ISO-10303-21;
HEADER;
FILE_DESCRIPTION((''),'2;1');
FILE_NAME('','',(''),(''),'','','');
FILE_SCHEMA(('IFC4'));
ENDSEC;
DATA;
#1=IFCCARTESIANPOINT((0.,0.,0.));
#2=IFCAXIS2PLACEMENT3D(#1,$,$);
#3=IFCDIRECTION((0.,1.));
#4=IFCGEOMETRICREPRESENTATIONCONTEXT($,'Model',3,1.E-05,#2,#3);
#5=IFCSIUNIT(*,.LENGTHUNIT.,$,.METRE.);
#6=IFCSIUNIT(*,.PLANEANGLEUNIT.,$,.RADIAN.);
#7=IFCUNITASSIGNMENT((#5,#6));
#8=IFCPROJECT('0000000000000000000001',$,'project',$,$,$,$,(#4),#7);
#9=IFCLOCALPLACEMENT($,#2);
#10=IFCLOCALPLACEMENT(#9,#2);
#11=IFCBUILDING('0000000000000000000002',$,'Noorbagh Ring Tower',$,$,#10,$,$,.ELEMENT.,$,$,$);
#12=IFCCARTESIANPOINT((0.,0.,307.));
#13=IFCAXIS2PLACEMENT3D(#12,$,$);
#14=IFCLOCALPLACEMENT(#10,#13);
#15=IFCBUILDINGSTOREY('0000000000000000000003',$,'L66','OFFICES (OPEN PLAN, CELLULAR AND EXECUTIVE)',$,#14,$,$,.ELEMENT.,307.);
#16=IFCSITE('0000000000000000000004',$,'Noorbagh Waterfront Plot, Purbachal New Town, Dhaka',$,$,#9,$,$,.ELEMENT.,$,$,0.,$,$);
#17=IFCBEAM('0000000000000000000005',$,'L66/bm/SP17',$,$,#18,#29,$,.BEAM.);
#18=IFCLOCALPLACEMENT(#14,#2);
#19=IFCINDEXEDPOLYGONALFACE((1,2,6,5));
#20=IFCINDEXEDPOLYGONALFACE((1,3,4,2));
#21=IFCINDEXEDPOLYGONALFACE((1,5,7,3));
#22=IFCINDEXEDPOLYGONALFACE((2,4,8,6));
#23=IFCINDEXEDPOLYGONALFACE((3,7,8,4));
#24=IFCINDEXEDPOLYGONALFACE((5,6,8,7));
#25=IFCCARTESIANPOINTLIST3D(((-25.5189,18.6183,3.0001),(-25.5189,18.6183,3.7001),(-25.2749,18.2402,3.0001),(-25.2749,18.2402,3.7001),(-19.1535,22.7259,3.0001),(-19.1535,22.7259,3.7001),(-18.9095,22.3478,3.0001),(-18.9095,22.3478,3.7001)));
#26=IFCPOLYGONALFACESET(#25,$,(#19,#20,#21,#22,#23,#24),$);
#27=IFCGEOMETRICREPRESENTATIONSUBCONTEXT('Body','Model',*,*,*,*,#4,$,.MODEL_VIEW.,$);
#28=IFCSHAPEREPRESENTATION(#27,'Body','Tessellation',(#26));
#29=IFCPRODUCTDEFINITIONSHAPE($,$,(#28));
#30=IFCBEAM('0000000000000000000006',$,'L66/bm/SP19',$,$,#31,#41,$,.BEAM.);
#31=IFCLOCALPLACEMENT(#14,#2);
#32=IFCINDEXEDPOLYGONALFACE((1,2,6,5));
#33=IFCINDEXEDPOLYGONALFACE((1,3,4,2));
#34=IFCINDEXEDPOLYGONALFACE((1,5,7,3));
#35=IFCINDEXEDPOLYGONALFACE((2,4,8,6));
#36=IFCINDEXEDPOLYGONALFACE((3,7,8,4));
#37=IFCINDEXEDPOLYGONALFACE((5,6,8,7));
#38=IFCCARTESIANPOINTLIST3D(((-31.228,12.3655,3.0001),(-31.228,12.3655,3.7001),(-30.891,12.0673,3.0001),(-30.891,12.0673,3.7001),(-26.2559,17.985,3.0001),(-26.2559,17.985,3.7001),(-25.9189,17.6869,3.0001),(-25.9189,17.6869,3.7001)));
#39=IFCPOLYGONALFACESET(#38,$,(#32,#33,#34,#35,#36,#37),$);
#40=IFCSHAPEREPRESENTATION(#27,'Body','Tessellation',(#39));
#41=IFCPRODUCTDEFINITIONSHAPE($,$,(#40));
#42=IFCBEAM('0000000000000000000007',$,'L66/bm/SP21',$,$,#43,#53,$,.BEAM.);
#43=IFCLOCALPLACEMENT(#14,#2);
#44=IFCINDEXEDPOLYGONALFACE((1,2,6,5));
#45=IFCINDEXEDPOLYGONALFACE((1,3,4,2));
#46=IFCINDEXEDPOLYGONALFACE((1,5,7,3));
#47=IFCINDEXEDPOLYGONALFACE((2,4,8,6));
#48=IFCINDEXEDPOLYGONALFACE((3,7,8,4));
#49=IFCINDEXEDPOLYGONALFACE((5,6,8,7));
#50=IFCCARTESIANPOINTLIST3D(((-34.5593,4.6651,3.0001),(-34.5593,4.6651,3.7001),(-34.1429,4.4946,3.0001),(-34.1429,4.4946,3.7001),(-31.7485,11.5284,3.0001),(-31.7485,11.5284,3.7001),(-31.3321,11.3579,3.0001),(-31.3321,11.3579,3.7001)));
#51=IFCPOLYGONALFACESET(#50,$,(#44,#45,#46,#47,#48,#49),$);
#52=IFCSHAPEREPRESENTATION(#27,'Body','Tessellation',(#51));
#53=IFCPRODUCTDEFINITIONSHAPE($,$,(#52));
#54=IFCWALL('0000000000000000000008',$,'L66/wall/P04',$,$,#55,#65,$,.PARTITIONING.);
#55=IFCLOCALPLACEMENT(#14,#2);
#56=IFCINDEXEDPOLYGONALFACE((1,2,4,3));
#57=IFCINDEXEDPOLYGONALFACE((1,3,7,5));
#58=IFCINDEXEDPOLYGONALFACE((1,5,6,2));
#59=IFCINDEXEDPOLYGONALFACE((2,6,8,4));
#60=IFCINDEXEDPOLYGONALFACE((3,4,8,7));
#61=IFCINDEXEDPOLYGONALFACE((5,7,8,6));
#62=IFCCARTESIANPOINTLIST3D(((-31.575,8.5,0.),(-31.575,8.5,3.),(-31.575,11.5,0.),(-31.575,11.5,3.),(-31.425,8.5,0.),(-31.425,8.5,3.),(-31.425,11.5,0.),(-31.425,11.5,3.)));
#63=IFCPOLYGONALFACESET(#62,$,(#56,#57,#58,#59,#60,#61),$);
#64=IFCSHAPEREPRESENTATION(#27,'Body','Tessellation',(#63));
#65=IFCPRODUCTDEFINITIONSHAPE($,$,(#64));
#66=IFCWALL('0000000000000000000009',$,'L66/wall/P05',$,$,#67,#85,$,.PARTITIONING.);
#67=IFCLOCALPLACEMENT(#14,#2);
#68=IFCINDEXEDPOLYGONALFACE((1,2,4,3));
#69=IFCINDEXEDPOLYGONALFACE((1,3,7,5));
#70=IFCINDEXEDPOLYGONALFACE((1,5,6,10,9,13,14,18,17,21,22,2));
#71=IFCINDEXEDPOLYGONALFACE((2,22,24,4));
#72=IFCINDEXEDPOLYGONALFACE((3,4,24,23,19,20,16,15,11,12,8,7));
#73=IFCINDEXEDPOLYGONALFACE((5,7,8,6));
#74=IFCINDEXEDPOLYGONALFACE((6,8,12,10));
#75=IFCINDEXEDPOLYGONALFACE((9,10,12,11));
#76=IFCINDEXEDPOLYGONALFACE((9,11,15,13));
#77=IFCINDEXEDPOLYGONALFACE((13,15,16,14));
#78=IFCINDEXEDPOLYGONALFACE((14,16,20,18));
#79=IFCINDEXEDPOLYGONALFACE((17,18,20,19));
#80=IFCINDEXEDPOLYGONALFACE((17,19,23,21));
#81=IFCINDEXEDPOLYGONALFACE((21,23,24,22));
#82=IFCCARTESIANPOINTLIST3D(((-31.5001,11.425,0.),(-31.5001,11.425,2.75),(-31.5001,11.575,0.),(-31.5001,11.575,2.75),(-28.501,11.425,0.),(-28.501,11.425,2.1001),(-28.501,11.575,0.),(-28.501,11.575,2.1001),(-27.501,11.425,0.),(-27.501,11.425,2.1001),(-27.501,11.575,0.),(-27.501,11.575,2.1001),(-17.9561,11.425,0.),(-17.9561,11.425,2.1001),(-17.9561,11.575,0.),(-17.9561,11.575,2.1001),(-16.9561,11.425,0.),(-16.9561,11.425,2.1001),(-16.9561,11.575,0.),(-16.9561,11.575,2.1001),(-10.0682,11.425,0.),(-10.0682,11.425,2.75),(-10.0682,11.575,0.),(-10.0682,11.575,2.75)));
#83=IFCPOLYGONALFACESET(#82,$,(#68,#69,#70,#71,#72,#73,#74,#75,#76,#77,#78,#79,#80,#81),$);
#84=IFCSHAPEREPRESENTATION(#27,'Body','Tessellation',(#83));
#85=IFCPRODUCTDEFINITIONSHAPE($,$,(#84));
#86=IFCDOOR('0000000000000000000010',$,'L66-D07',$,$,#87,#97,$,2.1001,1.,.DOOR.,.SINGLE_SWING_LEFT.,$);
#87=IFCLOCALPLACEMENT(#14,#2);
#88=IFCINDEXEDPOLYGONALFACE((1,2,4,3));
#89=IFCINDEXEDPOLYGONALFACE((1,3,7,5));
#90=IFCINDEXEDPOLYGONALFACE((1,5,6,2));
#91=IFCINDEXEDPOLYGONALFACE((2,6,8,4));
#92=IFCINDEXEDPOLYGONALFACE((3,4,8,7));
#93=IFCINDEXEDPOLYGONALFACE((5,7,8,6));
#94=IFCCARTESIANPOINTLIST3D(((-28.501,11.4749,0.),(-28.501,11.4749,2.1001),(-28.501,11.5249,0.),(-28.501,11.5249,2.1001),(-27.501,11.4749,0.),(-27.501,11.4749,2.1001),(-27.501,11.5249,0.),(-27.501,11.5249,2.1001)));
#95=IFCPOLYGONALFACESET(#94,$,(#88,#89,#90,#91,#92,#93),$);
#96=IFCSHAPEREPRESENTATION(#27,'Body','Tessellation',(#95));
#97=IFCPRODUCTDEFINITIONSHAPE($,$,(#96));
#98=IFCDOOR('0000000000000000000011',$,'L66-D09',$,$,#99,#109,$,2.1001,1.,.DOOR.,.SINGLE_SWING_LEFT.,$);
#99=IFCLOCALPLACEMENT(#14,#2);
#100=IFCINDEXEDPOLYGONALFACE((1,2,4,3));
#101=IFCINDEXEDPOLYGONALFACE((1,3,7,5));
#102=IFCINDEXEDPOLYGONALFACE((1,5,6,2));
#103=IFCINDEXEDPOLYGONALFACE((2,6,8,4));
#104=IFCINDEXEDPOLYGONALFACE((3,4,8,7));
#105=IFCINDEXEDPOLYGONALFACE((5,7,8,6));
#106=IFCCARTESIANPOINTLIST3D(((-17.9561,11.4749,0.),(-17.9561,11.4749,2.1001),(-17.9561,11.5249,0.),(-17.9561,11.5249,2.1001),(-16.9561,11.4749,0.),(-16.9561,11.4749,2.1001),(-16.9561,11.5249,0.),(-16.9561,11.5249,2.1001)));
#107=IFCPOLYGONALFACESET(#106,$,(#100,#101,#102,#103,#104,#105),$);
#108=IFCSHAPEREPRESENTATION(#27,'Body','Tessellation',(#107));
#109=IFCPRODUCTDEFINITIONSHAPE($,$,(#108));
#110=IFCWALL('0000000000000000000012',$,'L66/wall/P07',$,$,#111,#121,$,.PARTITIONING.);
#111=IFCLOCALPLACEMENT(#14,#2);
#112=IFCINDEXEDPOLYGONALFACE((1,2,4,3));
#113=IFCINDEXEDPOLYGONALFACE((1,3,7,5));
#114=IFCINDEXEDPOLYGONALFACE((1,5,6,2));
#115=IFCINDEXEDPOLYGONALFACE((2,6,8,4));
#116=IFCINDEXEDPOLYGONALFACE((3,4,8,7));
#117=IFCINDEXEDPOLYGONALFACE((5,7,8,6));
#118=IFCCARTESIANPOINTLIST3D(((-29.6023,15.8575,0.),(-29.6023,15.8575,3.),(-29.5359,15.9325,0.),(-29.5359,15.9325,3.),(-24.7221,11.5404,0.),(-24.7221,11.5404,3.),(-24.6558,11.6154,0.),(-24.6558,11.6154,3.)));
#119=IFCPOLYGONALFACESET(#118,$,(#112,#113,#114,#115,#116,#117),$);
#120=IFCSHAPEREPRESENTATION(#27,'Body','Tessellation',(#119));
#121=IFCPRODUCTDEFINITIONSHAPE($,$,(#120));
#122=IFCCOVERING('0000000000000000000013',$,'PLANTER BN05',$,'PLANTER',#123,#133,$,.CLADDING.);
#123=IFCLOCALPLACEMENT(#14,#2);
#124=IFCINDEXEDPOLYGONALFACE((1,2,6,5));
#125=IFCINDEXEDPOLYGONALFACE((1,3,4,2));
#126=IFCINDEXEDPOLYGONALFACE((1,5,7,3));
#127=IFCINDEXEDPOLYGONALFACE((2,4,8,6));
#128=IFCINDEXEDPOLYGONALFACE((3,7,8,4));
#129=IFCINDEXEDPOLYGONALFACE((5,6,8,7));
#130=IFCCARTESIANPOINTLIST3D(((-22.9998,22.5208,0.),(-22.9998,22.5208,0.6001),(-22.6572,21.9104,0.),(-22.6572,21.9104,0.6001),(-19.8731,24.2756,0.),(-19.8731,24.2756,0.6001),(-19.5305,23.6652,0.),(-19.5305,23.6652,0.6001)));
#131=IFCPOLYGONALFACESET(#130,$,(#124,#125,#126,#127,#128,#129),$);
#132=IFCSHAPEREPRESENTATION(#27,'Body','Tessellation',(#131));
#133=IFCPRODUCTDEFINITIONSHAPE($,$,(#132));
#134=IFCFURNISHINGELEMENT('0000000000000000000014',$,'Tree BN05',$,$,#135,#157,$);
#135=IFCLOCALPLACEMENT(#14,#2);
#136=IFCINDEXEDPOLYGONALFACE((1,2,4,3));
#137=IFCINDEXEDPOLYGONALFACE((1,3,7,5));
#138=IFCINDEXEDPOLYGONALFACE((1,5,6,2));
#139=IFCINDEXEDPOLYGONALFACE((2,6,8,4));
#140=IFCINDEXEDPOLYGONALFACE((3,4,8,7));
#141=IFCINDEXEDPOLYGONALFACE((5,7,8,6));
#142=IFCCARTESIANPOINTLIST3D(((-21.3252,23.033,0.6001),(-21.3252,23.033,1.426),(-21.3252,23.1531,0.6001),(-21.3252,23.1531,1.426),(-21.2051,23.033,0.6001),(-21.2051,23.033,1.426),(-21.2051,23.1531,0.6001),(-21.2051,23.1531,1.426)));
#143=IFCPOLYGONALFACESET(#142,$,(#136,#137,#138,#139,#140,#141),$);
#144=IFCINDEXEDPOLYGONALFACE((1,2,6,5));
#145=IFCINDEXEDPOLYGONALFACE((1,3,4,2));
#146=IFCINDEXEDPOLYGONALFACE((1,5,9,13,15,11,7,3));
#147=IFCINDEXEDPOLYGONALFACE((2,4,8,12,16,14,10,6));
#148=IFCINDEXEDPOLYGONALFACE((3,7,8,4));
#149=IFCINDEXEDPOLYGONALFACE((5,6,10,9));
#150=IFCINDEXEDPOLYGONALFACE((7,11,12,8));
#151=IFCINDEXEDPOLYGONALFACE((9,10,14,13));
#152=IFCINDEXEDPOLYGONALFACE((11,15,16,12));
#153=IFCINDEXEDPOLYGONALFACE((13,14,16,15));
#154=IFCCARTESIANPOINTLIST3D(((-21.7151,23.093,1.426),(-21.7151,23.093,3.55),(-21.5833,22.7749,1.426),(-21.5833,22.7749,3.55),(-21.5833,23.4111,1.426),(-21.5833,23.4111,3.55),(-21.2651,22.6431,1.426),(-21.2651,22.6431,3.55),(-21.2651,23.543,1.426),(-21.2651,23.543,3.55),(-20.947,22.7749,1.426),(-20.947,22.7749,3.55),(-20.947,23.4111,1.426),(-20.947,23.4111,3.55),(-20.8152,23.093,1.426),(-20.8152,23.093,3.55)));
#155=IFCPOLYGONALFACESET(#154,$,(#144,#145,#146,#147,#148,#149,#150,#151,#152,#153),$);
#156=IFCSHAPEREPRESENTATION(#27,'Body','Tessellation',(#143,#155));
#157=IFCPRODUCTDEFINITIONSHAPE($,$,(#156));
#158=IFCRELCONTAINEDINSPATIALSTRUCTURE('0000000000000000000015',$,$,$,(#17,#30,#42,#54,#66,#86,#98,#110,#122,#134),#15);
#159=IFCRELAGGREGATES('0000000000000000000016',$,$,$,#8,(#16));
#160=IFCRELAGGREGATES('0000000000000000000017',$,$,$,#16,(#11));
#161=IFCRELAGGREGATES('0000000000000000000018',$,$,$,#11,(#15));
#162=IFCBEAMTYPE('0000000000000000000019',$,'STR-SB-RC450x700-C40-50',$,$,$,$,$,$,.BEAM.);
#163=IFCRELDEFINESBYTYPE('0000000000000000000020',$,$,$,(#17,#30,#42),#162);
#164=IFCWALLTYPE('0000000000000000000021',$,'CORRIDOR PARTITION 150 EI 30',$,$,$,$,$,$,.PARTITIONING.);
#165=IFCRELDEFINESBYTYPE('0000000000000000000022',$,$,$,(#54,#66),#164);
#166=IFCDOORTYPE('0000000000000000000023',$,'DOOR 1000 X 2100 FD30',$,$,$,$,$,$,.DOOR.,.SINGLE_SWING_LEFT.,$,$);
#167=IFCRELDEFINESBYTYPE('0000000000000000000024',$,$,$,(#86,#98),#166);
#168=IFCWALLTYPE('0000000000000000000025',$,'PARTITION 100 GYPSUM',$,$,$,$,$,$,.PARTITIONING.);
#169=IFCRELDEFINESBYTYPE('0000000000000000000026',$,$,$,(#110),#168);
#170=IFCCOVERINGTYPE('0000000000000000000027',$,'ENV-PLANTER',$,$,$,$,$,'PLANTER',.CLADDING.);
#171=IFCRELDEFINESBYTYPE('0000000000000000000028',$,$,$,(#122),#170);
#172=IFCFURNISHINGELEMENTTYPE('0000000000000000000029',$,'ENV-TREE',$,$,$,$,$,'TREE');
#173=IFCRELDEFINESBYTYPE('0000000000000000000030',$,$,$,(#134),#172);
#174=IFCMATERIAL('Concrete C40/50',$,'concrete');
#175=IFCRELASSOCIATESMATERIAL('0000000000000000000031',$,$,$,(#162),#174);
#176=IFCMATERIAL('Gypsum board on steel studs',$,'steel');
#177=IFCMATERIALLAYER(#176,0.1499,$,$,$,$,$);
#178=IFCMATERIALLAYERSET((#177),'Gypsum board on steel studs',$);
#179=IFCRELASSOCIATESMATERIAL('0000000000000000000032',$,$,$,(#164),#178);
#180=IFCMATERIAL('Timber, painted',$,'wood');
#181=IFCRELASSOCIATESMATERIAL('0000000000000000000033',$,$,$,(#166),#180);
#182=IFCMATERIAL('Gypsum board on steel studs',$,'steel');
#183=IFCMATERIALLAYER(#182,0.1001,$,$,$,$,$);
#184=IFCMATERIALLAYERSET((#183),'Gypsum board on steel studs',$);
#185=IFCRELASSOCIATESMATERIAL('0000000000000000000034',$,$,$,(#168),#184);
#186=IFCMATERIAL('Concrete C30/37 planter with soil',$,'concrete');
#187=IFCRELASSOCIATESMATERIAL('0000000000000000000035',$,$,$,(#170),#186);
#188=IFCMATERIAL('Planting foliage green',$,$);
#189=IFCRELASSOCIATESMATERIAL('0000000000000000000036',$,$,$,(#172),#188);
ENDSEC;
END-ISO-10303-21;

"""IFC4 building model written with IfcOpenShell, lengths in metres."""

from ifc_helpers import new_model, si_unit, direction, frame, frame_2d, origin, origin_2d, place, context, subcontext, project, spatial, polyline, rectangle, outline, extrude, material, layer, layer_set, material_profile, profile_set, type_object, element, fill, save


model = new_model("IFC4")

# Units and contexts
model_context = context("Model", 3, precision=1e-05, world=origin(), true_north=direction((0.0, 1.0)))
body_context = subcontext(model_context, "Body", "Model", "MODEL_VIEW")
ifc_project = project(units=[si_unit("LENGTHUNIT", "METRE"), si_unit("PLANEANGLEUNIT", "RADIAN")], contexts=[model_context])

# Site, building, storey
site_placement = place(None, origin())
site = spatial("IfcSite", under=ifc_project, at=site_placement, Name="Noorbagh Waterfront Plot, Purbachal New Town, Dhaka", CompositionType="ELEMENT", RefElevation=0.0)
building_placement = place(site_placement, origin())
building = spatial("IfcBuilding", under=site, at=building_placement, Name="Noorbagh Ring Tower", CompositionType="ELEMENT")
storey_placement = place(building_placement, frame((0.0, 0.0, 307.0)))
storey = spatial("IfcBuildingStorey", under=building, at=storey_placement, Name="L66", Description="OFFICES (OPEN PLAN, CELLULAR AND EXECUTIVE)", CompositionType="ELEMENT", Elevation=307.0)

# Beams
ifc_material_1 = material(Name="Concrete C40/50", Category="concrete")
ifc_material_profile_1 = material_profile(ifc_material_1, rectangle(XDim=0.45, YDim=0.7, at=origin_2d()), Name="RC450x700")
ifc_profile_set_1 = profile_set([ifc_material_profile_1], Name="Concrete C40/50")
beam_type_1 = type_object("IfcBeamType", Name="STR-SB-RC450x700-C40-50", PredefinedType="BEAM", material=ifc_profile_set_1)
beam_1_placement = place(storey_placement, frame((-19.0315, 22.5369, 3.3501), z_axis=(-0.840242, -0.542211, 0.0), x_axis=(0.542211, -0.840242, 0.0)))
element("IfcBeam", 1, at=beam_1_placement, inside=storey, type_object=beam_type_1, Name="L66/bm/SP17", PredefinedType="BEAM", context=body_context, shape_type="SweptSolid", body=[
    extrude(rectangle(XDim=0.45, YDim=0.7, at=origin_2d()), origin(), (0.0, 0.0, 1.0), 7.5757),
])
beam_2_placement = place(storey_placement, frame((-26.0874, 17.8359, 3.3501), z_axis=(-0.662645, -0.748933, 0.0), x_axis=(0.748933, -0.662645, 0.0)))
element("IfcBeam", 2, at=beam_2_placement, inside=storey, type_object=beam_type_1, Name="L66/bm/SP19", PredefinedType="BEAM", context=body_context, shape_type="SweptSolid", body=[
    extrude(rectangle(XDim=0.45, YDim=0.7, at=origin_2d()), origin(), (0.0, 0.0, 1.0), 7.5034),
])
beam_3_placement = place(storey_placement, frame((-31.5403, 11.4431, 3.3501), z_axis=(-0.378989, -0.925401, 0.0), x_axis=(0.925401, -0.378989, 0.0)))
element("IfcBeam", 3, at=beam_3_placement, inside=storey, type_object=beam_type_1, Name="L66/bm/SP21", PredefinedType="BEAM", context=body_context, shape_type="SweptSolid", body=[
    extrude(rectangle(XDim=0.45, YDim=0.7, at=origin_2d()), origin(), (0.0, 0.0, 1.0), 7.4165),
])

# Wall
ifc_material_2 = material(Name="Gypsum board on steel studs", Category="steel")
ifc_layer_1 = layer(ifc_material_2, 0.1499)
ifc_layer_set_1 = layer_set([ifc_layer_1], Name="Gypsum board on steel studs")
wall_type_1 = type_object("IfcWallType", Name="CORRIDOR PARTITION 150 EI 30", PredefinedType="PARTITIONING", material=ifc_layer_set_1)
wall_1_placement = place(storey_placement, frame((-31.5, 8.5, 0.0), z_axis=(0.0, 0.0, 1.0), x_axis=(0.0, 1.0, 0.0)))
element("IfcWall", 4, at=wall_1_placement, inside=storey, type_object=wall_type_1, Name="L66/wall/P04", PredefinedType="PARTITIONING", context=body_context, shape_type="SweptSolid", body=[
    extrude(rectangle(XDim=3.0, YDim=0.1499, at=frame_2d((1.5, 0.0))), origin(), (0.0, 0.0, 1.0), 3.0),
])

# Wall, openings, doors
wall_2_placement = place(storey_placement, frame((-31.5, 11.5, 0.0), z_axis=(0.0, 0.0, 1.0), x_axis=(1.0, 0.0, 0.0)))
wall_2 = element("IfcWall", 5, at=wall_2_placement, inside=storey, type_object=wall_type_1, Name="L66/wall/P05", PredefinedType="PARTITIONING", context=body_context, shape_type="SweptSolid", body=[
    extrude(rectangle(XDim=21.4319, YDim=0.1499, at=frame_2d((10.7158, 0.0))), origin(), (0.0, 0.0, 1.0), 2.75),
])
opening_1_placement = place(wall_2_placement, frame((2.999, 0.0, 0.0)))
opening_1 = element("IfcOpeningElement", 6, at=opening_1_placement, cuts=wall_2, PredefinedType="OPENING", context=body_context, shape_type="SweptSolid", body=[
    extrude(rectangle(XDim=1.0, YDim=2.1001, at=frame_2d((0.5, 1.05))), frame((0.0, 0.085, 0.0), z_axis=(0.0, -1.0, 0.0), x_axis=(1.0, 0.0, 0.0)), (0.0, 0.0, 1.0), 0.1699),
])
opening_2_placement = place(wall_2_placement, frame((13.5439, 0.0, 0.0)))
opening_2 = element("IfcOpeningElement", 7, at=opening_2_placement, cuts=wall_2, PredefinedType="OPENING", context=body_context, shape_type="SweptSolid", body=[
    extrude(rectangle(XDim=1.0, YDim=2.1001, at=frame_2d((0.5, 1.05))), frame((0.0, 0.085, 0.0), z_axis=(0.0, -1.0, 0.0), x_axis=(1.0, 0.0, 0.0)), (0.0, 0.0, 1.0), 0.1699),
])
ifc_material_3 = material(Name="Timber, painted", Category="wood")
door_type = type_object("IfcDoorType", Name="DOOR 1000 X 2100 FD30", OperationType="SINGLE_SWING_LEFT", PredefinedType="DOOR", material=ifc_material_3)
door_1_placement = place(opening_1_placement, origin())
door_1 = element("IfcDoor", 8, at=door_1_placement, inside=storey, type_object=door_type, Name="L66-D07", OperationType="SINGLE_SWING_LEFT", OverallHeight=2.1001, OverallWidth=1.0, PredefinedType="DOOR", context=body_context, shape_type="SweptSolid", body=[
    extrude(rectangle(XDim=1.0, YDim=2.1001, at=frame_2d((0.5, 1.05))), frame((0.0, 0.0249, 0.0), z_axis=(0.0, -1.0, 0.0), x_axis=(1.0, 0.0, 0.0)), (0.0, 0.0, 1.0), 0.05),
])
fill(opening_1, door_1)
door_2_placement = place(opening_2_placement, origin())
door_2 = element("IfcDoor", 9, at=door_2_placement, inside=storey, type_object=door_type, Name="L66-D09", OperationType="SINGLE_SWING_LEFT", OverallHeight=2.1001, OverallWidth=1.0, PredefinedType="DOOR", context=body_context, shape_type="SweptSolid", body=[
    extrude(rectangle(XDim=1.0, YDim=2.1001, at=frame_2d((0.5, 1.05))), frame((0.0, 0.0249, 0.0), z_axis=(0.0, -1.0, 0.0), x_axis=(1.0, 0.0, 0.0)), (0.0, 0.0, 1.0), 0.05),
])
fill(opening_2, door_2)

# Wall
ifc_material_4 = material(Name="Gypsum board on steel studs", Category="steel")
ifc_layer_2 = layer(ifc_material_4, 0.1001)
ifc_layer_set_2 = layer_set([ifc_layer_2], Name="Gypsum board on steel studs")
wall_type_2 = type_object("IfcWallType", Name="PARTITION 100 GYPSUM", PredefinedType="PARTITIONING", material=ifc_layer_set_2)
wall_3_placement = place(storey_placement, frame((-29.5691, 15.895, 0.0), z_axis=(0.0, 0.0, 1.0), x_axis=(0.748989, -0.662583, 0.0)))
element("IfcWall", 10, at=wall_3_placement, inside=storey, type_object=wall_type_2, Name="L66/wall/P07", PredefinedType="PARTITIONING", context=body_context, shape_type="SweptSolid", body=[
    extrude(rectangle(XDim=6.5156, YDim=0.1001, at=frame_2d((3.2578, 0.0))), origin(), (0.0, 0.0, 1.0), 3.0),
])

# Covering
ifc_material_5 = material(Name="Concrete C30/37 planter with soil", Category="concrete")
covering_type = type_object("IfcCoveringType", Name="ENV-PLANTER", ElementType="PLANTER", PredefinedType="CLADDING", material=ifc_material_5)
covering_placement = place(storey_placement, frame((-21.2651, 23.093, 0.0), z_axis=(0.0, 0.0, 1.0), x_axis=(-0.872045, -0.489426, 0.0)))
element("IfcCovering", 11, at=covering_placement, inside=storey, type_object=covering_type, Name="PLANTER BN05", ObjectType="PLANTER", PredefinedType="CLADDING", context=body_context, shape_type="SweptSolid", body=[
    extrude(rectangle(XDim=3.5854, YDim=0.7, at=origin_2d()), origin(), (0.0, 0.0, 1.0), 0.6001),
])

# Furnishing element
ifc_material_6 = material(Name="Planting foliage green")
furnishing_element_type = type_object("IfcFurnishingElementType", Name="ENV-TREE", ElementType="TREE", material=ifc_material_6)
furnishing_placement = place(storey_placement, frame((-21.2651, 23.093, 0.6001), z_axis=(0.0, 0.0, 1.0), x_axis=(1.0, 0.0, 0.0)))
element("IfcFurnishingElement", 12, at=furnishing_placement, inside=storey, type_object=furnishing_element_type, Name="Tree BN05", context=body_context, shape_type="SweptSolid", body=[
    extrude(rectangle(XDim=0.1201, YDim=0.1201, at=origin_2d()), origin(), (0.0, 0.0, 1.0), 0.8259),
    extrude(outline(polyline([(0.45, 0.0), (0.3181, 0.3181), (0.0, 0.45), (-0.3181, 0.3181), (-0.45, 0.0), (-0.3181, -0.3181), (0.0, -0.45), (0.3181, -0.3181), (0.45, 0.0)])), frame((0.0, 0.0, 0.8259)), (0.0, 0.0, 1.0), 2.124),
])

save(model, "model.ifc")
